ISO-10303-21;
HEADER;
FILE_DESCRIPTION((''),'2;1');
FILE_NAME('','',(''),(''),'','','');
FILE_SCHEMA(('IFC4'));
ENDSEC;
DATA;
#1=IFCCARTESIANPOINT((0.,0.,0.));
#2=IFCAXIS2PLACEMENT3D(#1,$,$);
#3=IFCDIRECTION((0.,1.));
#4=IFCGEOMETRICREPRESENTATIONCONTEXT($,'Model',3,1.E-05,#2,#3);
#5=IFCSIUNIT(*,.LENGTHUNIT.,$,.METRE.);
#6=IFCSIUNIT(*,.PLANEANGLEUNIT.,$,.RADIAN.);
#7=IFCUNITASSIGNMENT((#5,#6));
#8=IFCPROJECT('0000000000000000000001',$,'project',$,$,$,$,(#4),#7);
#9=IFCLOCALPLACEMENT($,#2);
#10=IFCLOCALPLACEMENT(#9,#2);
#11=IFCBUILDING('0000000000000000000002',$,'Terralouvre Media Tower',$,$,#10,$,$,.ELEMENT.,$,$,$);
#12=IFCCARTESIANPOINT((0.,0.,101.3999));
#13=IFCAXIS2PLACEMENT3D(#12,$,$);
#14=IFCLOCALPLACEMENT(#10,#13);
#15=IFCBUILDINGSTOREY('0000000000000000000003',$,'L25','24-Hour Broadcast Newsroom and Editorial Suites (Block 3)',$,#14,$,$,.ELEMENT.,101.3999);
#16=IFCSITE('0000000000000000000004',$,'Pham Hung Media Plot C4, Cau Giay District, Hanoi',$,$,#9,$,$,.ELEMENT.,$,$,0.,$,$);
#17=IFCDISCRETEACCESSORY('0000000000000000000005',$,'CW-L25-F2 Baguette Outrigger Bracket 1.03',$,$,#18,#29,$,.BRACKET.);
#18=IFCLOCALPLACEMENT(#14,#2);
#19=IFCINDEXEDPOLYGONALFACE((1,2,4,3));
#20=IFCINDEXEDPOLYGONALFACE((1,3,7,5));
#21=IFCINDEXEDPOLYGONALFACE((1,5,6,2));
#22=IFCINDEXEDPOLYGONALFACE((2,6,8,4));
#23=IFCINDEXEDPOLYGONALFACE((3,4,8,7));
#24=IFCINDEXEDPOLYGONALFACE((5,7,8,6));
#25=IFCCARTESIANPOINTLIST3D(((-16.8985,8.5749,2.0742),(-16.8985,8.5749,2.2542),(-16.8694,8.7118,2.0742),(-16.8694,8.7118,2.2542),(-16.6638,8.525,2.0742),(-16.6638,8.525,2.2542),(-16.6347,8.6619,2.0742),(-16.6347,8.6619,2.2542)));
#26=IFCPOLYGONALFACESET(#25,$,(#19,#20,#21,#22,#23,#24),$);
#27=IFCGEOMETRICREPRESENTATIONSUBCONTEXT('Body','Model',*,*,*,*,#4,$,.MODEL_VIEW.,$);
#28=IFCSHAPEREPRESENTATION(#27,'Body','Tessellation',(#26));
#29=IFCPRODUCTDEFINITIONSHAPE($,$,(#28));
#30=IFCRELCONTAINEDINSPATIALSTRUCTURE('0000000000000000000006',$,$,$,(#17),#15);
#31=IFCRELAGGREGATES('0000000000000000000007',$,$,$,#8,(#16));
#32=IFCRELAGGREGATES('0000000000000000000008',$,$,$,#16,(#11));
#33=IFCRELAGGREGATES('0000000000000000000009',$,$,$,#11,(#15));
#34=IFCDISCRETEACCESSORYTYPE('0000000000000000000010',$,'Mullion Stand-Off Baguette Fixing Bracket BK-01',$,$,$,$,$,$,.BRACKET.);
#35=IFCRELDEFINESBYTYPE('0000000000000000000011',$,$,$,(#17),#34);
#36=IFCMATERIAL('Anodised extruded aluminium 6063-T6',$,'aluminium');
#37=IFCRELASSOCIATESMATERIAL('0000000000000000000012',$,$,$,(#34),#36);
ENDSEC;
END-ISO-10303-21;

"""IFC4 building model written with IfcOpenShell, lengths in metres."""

from ifc_helpers import new_model, si_unit, direction, frame, origin, origin_2d, place, context, subcontext, project, spatial, rectangle, extrude, material, type_object, element, save


model = new_model("IFC4")

# Units and contexts
model_context = context("Model", 3, precision=1e-05, world=origin(), true_north=direction((0.0, 1.0)))
body_context = subcontext(model_context, "Body", "Model", "MODEL_VIEW")
ifc_project = project(units=[si_unit("LENGTHUNIT", "METRE"), si_unit("PLANEANGLEUNIT", "RADIAN")], contexts=[model_context])

# Site, building, storey
site_placement = place(None, origin())
site = spatial("IfcSite", under=ifc_project, at=site_placement, Name="Pham Hung Media Plot C4, Cau Giay District, Hanoi", CompositionType="ELEMENT", RefElevation=0.0)
building_placement = place(site_placement, origin())
building = spatial("IfcBuilding", under=site, at=building_placement, Name="Terralouvre Media Tower", CompositionType="ELEMENT")
storey_placement = place(building_placement, frame((0.0, 0.0, 101.3999)))
storey = spatial("IfcBuildingStorey", under=building, at=storey_placement, Name="L25", Description="24-Hour Broadcast Newsroom and Editorial Suites (Block 3)", CompositionType="ELEMENT", Elevation=101.3999)

# Discrete accessory
ifc_material_1 = material(Name="Anodised extruded aluminium 6063-T6", Category="aluminium")
discrete_accessory_type = type_object("IfcDiscreteAccessoryType", Name="Mullion Stand-Off Baguette Fixing Bracket BK-01", PredefinedType="BRACKET", material=ifc_material_1)
discrete_accessory_placement = place(storey_placement, frame((-16.7666, 8.6184, 2.0742), z_axis=(0.0, 0.0, 1.0), x_axis=(-0.207912, -0.978148, 0.0)))
element("IfcDiscreteAccessory", 1, at=discrete_accessory_placement, inside=storey, type_object=discrete_accessory_type, Name="CW-L25-F2 Baguette Outrigger Bracket 1.03", PredefinedType="BRACKET", context=body_context, shape_type="SweptSolid", body=[
    extrude(rectangle(XDim=0.1399, YDim=0.24, at=origin_2d()), origin(), (0.0, 0.0, 1.0), 0.1799),
])

save(model, "model.ifc")
